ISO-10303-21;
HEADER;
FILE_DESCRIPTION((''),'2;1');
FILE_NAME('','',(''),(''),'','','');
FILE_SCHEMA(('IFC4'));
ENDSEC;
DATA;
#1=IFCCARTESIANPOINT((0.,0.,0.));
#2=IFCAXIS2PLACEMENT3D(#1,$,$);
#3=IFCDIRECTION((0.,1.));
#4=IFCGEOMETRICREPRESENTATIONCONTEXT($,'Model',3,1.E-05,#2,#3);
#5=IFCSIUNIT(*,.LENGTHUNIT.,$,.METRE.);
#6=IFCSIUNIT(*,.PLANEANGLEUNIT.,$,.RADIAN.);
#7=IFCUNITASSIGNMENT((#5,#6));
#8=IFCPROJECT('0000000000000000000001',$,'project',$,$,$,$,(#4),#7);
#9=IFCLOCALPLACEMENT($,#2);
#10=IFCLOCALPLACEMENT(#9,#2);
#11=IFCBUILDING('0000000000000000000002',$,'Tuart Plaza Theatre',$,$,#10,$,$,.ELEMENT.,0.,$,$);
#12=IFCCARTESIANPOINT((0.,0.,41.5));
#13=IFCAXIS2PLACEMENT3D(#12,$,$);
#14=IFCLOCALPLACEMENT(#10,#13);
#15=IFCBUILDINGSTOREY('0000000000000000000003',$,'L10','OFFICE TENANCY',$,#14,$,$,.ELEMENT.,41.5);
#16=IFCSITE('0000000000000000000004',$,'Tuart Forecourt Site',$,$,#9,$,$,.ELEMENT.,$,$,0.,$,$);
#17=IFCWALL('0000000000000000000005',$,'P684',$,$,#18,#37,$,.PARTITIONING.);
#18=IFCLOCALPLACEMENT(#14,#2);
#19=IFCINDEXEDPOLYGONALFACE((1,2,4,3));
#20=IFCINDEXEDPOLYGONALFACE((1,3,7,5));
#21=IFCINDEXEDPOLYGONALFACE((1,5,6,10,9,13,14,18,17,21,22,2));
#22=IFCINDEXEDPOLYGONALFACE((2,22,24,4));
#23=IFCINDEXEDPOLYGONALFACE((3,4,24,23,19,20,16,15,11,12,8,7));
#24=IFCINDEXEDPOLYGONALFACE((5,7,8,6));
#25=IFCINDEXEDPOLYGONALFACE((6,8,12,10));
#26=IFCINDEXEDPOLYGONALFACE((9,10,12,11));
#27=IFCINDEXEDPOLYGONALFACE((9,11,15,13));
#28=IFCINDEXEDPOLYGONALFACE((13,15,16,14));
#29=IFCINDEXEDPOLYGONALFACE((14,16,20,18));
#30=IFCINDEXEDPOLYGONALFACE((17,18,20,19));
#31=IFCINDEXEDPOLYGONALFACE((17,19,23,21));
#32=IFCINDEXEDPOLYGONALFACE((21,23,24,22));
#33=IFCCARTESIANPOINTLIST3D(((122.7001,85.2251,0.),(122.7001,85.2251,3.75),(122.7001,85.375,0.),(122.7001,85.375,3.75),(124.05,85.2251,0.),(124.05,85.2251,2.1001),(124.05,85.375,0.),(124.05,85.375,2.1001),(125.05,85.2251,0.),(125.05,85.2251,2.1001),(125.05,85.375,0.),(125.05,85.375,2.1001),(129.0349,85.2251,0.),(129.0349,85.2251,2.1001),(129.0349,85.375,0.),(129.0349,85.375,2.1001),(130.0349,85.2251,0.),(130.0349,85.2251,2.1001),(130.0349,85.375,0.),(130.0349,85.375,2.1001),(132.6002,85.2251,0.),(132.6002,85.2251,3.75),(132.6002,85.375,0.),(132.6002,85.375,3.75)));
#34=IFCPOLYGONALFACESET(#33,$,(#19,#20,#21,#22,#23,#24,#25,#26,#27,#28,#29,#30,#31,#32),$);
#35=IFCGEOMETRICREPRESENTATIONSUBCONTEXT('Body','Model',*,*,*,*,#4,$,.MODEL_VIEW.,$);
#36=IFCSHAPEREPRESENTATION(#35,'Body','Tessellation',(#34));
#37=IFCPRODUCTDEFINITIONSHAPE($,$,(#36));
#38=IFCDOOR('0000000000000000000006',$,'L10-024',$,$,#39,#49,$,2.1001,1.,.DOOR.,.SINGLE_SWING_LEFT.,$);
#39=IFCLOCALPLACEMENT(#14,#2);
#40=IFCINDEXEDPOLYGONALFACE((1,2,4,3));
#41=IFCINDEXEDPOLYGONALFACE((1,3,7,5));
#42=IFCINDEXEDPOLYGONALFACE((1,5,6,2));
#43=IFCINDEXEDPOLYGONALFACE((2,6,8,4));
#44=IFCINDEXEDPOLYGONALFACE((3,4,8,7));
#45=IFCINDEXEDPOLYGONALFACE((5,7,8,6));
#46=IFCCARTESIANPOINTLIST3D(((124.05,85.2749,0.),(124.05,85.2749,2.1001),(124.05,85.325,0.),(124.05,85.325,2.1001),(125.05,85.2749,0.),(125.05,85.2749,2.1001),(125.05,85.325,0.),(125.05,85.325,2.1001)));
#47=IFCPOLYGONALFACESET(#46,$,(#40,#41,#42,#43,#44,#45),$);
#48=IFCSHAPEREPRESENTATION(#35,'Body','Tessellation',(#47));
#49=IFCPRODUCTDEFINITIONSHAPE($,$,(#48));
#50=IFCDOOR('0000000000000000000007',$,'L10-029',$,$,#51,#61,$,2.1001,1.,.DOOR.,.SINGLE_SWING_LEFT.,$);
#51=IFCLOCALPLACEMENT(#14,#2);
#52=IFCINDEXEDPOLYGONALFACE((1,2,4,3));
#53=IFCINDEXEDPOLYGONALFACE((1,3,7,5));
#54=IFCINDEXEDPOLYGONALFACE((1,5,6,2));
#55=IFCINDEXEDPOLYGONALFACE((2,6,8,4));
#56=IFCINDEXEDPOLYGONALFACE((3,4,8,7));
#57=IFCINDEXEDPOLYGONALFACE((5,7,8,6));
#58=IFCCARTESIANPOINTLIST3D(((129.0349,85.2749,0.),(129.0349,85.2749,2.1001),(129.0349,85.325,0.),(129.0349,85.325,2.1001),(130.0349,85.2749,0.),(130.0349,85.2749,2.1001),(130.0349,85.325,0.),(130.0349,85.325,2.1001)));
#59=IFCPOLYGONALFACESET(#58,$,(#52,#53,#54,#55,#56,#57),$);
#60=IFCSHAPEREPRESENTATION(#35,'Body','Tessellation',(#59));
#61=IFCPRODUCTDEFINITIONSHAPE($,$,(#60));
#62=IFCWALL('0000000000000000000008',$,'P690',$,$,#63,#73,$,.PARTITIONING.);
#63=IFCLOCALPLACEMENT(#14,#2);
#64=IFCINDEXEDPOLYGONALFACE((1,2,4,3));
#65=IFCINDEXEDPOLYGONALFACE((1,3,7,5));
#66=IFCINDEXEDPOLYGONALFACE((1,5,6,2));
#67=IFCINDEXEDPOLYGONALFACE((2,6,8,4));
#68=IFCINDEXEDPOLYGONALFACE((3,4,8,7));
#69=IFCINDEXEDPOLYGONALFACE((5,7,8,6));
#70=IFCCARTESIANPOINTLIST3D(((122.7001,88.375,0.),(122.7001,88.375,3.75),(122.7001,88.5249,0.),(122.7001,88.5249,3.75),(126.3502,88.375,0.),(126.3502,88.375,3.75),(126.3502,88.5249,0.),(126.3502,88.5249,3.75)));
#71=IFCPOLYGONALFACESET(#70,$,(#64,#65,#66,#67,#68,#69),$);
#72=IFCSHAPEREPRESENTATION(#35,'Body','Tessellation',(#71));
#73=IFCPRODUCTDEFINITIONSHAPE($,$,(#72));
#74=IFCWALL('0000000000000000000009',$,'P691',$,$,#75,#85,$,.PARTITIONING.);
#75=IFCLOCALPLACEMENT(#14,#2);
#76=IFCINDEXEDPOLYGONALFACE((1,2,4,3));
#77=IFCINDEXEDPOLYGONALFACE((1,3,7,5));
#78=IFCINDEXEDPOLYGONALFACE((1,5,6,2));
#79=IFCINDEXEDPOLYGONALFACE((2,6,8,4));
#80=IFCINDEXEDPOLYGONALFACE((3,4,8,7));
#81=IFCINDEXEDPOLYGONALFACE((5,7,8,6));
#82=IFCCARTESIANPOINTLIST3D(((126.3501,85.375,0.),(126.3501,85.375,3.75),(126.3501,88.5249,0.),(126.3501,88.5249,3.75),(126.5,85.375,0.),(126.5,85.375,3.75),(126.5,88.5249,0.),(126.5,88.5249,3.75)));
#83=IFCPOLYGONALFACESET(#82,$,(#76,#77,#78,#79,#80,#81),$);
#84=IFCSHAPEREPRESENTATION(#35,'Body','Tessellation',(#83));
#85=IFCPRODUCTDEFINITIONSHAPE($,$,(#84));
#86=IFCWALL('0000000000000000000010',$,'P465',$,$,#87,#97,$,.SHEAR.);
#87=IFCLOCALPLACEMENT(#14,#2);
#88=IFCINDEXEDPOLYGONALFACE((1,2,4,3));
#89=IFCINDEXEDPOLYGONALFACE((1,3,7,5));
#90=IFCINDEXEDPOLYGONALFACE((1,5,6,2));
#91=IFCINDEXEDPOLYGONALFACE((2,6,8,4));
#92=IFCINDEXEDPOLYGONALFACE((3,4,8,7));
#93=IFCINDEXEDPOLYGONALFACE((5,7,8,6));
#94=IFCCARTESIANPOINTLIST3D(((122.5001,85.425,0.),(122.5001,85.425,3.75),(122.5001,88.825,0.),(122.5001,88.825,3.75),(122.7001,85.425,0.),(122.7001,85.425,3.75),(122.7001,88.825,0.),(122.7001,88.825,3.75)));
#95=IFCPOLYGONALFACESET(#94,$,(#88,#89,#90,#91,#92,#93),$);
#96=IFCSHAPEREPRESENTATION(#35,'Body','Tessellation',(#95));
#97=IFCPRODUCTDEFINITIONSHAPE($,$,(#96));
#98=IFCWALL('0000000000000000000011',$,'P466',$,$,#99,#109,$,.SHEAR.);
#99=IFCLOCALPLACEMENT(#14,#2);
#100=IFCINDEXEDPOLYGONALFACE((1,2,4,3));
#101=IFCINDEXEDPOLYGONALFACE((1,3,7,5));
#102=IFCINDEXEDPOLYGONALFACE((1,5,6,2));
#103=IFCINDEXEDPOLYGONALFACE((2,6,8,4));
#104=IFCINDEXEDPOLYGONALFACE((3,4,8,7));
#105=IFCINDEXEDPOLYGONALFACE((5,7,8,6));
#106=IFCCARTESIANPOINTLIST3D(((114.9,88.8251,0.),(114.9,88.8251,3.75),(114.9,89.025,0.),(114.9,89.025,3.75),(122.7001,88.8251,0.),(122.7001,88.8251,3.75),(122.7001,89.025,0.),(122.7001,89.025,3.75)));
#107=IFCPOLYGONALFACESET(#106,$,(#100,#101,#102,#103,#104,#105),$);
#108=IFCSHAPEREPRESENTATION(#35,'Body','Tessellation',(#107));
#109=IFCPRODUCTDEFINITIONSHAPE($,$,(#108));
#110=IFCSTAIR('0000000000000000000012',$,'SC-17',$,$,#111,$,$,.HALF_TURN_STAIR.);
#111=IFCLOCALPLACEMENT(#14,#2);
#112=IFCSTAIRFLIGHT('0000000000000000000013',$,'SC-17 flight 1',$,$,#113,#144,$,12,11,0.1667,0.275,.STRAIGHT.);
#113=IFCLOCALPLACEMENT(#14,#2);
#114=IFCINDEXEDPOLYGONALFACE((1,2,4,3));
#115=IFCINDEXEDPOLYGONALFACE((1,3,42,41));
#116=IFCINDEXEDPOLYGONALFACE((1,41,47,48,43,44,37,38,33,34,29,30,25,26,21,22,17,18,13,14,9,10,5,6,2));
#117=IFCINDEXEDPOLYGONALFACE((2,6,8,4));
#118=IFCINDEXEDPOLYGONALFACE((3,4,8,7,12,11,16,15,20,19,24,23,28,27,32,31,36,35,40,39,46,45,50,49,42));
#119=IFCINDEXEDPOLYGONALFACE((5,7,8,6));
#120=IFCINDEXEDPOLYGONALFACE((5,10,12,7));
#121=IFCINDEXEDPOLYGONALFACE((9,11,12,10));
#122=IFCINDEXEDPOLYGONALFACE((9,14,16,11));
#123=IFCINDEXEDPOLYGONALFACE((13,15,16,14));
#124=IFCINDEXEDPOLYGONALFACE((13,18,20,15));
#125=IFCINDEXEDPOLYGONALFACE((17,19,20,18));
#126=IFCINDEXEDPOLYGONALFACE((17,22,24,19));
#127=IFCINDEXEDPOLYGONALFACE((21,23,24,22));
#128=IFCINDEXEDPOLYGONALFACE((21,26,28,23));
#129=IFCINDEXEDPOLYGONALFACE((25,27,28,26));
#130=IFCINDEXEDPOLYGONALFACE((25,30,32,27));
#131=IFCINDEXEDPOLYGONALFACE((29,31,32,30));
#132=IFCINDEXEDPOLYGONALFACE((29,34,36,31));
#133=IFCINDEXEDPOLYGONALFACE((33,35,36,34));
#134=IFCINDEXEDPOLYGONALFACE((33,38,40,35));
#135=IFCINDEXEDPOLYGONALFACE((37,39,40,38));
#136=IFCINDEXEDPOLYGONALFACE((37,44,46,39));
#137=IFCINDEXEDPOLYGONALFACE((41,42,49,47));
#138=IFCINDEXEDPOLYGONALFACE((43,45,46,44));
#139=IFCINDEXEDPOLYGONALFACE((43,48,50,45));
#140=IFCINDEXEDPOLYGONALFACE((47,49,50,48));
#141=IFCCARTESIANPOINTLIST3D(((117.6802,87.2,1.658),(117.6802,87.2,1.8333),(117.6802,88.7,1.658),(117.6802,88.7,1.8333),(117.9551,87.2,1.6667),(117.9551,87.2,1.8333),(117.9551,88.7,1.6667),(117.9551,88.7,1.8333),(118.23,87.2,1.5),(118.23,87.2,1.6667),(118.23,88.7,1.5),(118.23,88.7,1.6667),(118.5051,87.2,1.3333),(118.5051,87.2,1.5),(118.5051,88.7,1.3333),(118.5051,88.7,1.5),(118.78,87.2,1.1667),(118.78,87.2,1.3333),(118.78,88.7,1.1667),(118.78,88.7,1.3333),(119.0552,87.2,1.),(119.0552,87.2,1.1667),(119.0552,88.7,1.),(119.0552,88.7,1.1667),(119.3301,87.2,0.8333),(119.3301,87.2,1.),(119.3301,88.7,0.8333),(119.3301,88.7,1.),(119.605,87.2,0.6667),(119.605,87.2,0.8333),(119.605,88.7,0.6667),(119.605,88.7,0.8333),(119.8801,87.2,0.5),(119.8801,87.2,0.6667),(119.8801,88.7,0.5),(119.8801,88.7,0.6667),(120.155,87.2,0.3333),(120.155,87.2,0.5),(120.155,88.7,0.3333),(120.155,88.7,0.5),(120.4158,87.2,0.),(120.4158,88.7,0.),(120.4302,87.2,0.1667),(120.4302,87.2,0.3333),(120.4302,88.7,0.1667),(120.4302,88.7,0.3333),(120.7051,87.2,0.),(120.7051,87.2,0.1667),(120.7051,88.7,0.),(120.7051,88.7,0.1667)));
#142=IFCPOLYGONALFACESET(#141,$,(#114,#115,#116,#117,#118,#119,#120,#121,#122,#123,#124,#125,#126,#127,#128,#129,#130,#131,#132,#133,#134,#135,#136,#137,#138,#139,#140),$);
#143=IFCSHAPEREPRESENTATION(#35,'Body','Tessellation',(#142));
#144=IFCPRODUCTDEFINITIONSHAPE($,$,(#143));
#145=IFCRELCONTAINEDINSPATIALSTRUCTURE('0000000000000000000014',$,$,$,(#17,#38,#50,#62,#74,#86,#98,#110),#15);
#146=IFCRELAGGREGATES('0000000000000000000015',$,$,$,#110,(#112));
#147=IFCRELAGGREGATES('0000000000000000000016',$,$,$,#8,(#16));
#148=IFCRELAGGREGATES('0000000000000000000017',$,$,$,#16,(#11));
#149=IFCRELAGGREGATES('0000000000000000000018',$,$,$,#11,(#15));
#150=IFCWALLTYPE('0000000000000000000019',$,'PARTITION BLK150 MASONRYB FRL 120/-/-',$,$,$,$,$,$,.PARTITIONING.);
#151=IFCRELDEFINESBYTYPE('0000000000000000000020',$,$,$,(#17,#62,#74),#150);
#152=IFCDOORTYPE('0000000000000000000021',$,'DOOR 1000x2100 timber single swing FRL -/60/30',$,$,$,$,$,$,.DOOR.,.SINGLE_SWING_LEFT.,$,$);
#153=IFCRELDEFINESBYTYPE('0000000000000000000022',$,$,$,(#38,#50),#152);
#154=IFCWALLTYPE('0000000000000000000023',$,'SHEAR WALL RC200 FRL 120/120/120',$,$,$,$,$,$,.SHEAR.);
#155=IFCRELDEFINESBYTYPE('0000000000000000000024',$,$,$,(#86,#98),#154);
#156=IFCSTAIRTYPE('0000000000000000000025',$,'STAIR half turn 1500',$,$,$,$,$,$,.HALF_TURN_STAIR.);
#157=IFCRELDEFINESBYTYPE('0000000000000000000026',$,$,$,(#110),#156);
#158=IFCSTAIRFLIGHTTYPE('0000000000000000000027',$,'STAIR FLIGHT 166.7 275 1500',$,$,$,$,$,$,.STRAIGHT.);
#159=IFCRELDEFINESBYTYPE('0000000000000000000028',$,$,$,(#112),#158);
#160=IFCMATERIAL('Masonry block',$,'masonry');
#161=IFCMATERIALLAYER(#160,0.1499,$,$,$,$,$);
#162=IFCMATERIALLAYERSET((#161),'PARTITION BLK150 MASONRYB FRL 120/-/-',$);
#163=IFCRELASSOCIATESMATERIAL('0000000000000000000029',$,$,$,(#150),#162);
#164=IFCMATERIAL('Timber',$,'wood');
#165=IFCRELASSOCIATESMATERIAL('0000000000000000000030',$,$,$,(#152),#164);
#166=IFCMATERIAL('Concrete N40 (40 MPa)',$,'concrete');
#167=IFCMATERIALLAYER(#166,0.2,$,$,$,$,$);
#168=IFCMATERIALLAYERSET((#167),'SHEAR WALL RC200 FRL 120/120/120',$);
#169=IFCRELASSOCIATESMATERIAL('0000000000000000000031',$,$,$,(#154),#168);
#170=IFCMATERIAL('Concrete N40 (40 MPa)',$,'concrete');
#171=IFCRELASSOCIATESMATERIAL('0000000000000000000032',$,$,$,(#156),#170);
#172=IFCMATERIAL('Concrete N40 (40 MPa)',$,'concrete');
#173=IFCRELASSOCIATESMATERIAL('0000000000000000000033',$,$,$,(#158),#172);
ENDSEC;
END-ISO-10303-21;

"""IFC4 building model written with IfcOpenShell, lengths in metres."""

from ifc_helpers import new_model, si_unit, direction, frame, frame_2d, origin, place, context, subcontext, project, spatial, polyline, rectangle, outline, extrude, material, layer, layer_set, type_object, element, fill, aggregate, save


model = new_model("IFC4")

# Units and contexts
model_context = context("Model", 3, precision=1e-05, world=origin(), true_north=direction((0.0, 1.0)))
body_context = subcontext(model_context, "Body", "Model", "MODEL_VIEW")
ifc_project = project(units=[si_unit("LENGTHUNIT", "METRE"), si_unit("PLANEANGLEUNIT", "RADIAN")], contexts=[model_context])

# Site, building, storey
site_placement = place(None, origin())
site = spatial("IfcSite", under=ifc_project, at=site_placement, Name="Tuart Forecourt Site", CompositionType="ELEMENT", RefElevation=0.0)
building_placement = place(site_placement, origin())
building = spatial("IfcBuilding", under=site, at=building_placement, Name="Tuart Plaza Theatre", CompositionType="ELEMENT", ElevationOfRefHeight=0.0)
storey_placement = place(building_placement, frame((0.0, 0.0, 41.5)))
storey = spatial("IfcBuildingStorey", under=building, at=storey_placement, Name="L10", Description="OFFICE TENANCY", CompositionType="ELEMENT", Elevation=41.5)

# Wall, openings, doors
ifc_material_1 = material(Name="Masonry block", Category="masonry")
ifc_layer_1 = layer(ifc_material_1, 0.1499)
ifc_layer_set_1 = layer_set([ifc_layer_1], Name="PARTITION BLK150 MASONRYB FRL 120/-/-")
wall_type_1 = type_object("IfcWallType", Name="PARTITION BLK150 MASONRYB FRL 120/-/-", PredefinedType="PARTITIONING", material=ifc_layer_set_1)
wall_1_placement = place(storey_placement, frame((122.7, 85.3, 0.0), z_axis=(0.0, 0.0, 1.0), x_axis=(1.0, 0.0, 0.0)))
wall_1 = element("IfcWall", 1, at=wall_1_placement, inside=storey, type_object=wall_type_1, Name="P684", PredefinedType="PARTITIONING", context=body_context, shape_type="SweptSolid", body=[
    extrude(rectangle(XDim=9.9001, YDim=0.1499, at=frame_2d((4.9502, 0.0))), origin(), (0.0, 0.0, 1.0), 3.75),
])
opening_1_placement = place(wall_1_placement, frame((1.3501, 0.0, 0.0)))
opening_1 = element("IfcOpeningElement", 2, at=opening_1_placement, cuts=wall_1, PredefinedType="OPENING", context=body_context, shape_type="SweptSolid", body=[
    extrude(rectangle(XDim=1.0, YDim=2.1001, at=frame_2d((0.5, 1.05))), frame((0.0, 0.085, 0.0), z_axis=(0.0, -1.0, 0.0), x_axis=(1.0, 0.0, 0.0)), (0.0, 0.0, 1.0), 0.1699),
])
opening_2_placement = place(wall_1_placement, frame((6.335, 0.0, 0.0)))
opening_2 = element("IfcOpeningElement", 3, at=opening_2_placement, cuts=wall_1, PredefinedType="OPENING", context=body_context, shape_type="SweptSolid", body=[
    extrude(rectangle(XDim=1.0, YDim=2.1001, at=frame_2d((0.5, 1.05))), frame((0.0, 0.085, 0.0), z_axis=(0.0, -1.0, 0.0), x_axis=(1.0, 0.0, 0.0)), (0.0, 0.0, 1.0), 0.1699),
])
ifc_material_2 = material(Name="Timber", Category="wood")
door_type = type_object("IfcDoorType", Name="DOOR 1000x2100 timber single swing FRL -/60/30", OperationType="SINGLE_SWING_LEFT", PredefinedType="DOOR", material=ifc_material_2)
door_1_placement = place(opening_1_placement, origin())
door_1 = element("IfcDoor", 4, at=door_1_placement, inside=storey, type_object=door_type, Name="L10-024", OperationType="SINGLE_SWING_LEFT", OverallHeight=2.1001, OverallWidth=1.0, PredefinedType="DOOR", context=body_context, shape_type="SweptSolid", body=[
    extrude(rectangle(XDim=1.0, YDim=2.1001, at=frame_2d((0.5, 1.05))), frame((0.0, 0.0249, 0.0), z_axis=(0.0, -1.0, 0.0), x_axis=(1.0, 0.0, 0.0)), (0.0, 0.0, 1.0), 0.05),
])
fill(opening_1, door_1)
door_2_placement = place(opening_2_placement, origin())
door_2 = element("IfcDoor", 5, at=door_2_placement, inside=storey, type_object=door_type, Name="L10-029", OperationType="SINGLE_SWING_LEFT", OverallHeight=2.1001, OverallWidth=1.0, PredefinedType="DOOR", context=body_context, shape_type="SweptSolid", body=[
    extrude(rectangle(XDim=1.0, YDim=2.1001, at=frame_2d((0.5, 1.05))), frame((0.0, 0.0249, 0.0), z_axis=(0.0, -1.0, 0.0), x_axis=(1.0, 0.0, 0.0)), (0.0, 0.0, 1.0), 0.05),
])
fill(opening_2, door_2)

# Walls
wall_2_placement = place(storey_placement, frame((122.7, 88.45, 0.0), z_axis=(0.0, 0.0, 1.0), x_axis=(1.0, 0.0, 0.0)))
element("IfcWall", 6, at=wall_2_placement, inside=storey, type_object=wall_type_1, Name="P690", PredefinedType="PARTITIONING", context=body_context, shape_type="SweptSolid", body=[
    extrude(rectangle(XDim=3.6501, YDim=0.1499, at=frame_2d((1.8252, 0.0))), origin(), (0.0, 0.0, 1.0), 3.75),
])
wall_3_placement = place(storey_placement, frame((126.425, 85.375, 0.0), z_axis=(0.0, 0.0, 1.0), x_axis=(0.0, 1.0, 0.0)))
element("IfcWall", 7, at=wall_3_placement, inside=storey, type_object=wall_type_1, Name="P691", PredefinedType="PARTITIONING", context=body_context, shape_type="SweptSolid", body=[
    extrude(rectangle(XDim=3.1499, YDim=0.1499, at=frame_2d((1.575, 0.0))), origin(), (0.0, 0.0, 1.0), 3.75),
])
ifc_material_3 = material(Name="Concrete N40 (40 MPa)", Category="concrete")
ifc_layer_2 = layer(ifc_material_3, 0.2)
ifc_layer_set_2 = layer_set([ifc_layer_2], Name="SHEAR WALL RC200 FRL 120/120/120")
wall_type_2 = type_object("IfcWallType", Name="SHEAR WALL RC200 FRL 120/120/120", PredefinedType="SHEAR", material=ifc_layer_set_2)
wall_4_placement = place(storey_placement, frame((122.6001, 85.425, 0.0), z_axis=(0.0, 0.0, 1.0), x_axis=(0.0, 1.0, 0.0)))
element("IfcWall", 8, at=wall_4_placement, inside=storey, type_object=wall_type_2, Name="P465", PredefinedType="SHEAR", context=body_context, shape_type="SweptSolid", body=[
    extrude(rectangle(XDim=3.3999, YDim=0.2, at=frame_2d((1.7, 0.0))), origin(), (0.0, 0.0, 1.0), 3.75),
])
wall_5_placement = place(storey_placement, frame((122.7, 88.925, 0.0), z_axis=(0.0, 0.0, 1.0), x_axis=(-1.0, 0.0, 0.0)))
element("IfcWall", 9, at=wall_5_placement, inside=storey, type_object=wall_type_2, Name="P466", PredefinedType="SHEAR", context=body_context, shape_type="SweptSolid", body=[
    extrude(rectangle(XDim=7.8, YDim=0.2, at=frame_2d((3.8999, 0.0))), origin(), (0.0, 0.0, 1.0), 3.75),
])

# Stair, stair flight
ifc_material_4 = material(Name="Concrete N40 (40 MPa)", Category="concrete")
stair_type = type_object("IfcStairType", Name="STAIR half turn 1500", PredefinedType="HALF_TURN_STAIR", material=ifc_material_4)
stair_placement = place(storey_placement, origin())
stair = element("IfcStair", 10, at=stair_placement, inside=storey, type_object=stair_type, Name="SC-17", PredefinedType="HALF_TURN_STAIR")
ifc_material_5 = material(Name="Concrete N40 (40 MPa)", Category="concrete")
stair_flight_type = type_object("IfcStairFlightType", Name="STAIR FLIGHT 166.7 275 1500", PredefinedType="STRAIGHT", material=ifc_material_5)
stair_flight_placement = place(storey_placement, frame((120.7051, 87.95, 0.0), z_axis=(0.0, 0.0, 1.0), x_axis=(-1.0, 0.0, 0.0)))
stair_flight = element("IfcStairFlight", 11, at=stair_flight_placement, type_object=stair_flight_type, Name="SC-17 flight 1", NumberOfRisers=12, NumberOfTreads=11, PredefinedType="STRAIGHT", RiserHeight=0.1667, TreadLength=0.275, context=body_context, shape_type="SweptSolid", body=[
    extrude(outline(polyline([(0.0, 0.0), (0.0, 0.1667), (0.2749, 0.1667), (0.2749, 0.3333), (0.55, 0.3333), (0.55, 0.5), (0.825, 0.5), (0.825, 0.6667), (1.1001, 0.6667), (1.1001, 0.8333), (1.375, 0.8333), (1.375, 1.0), (1.6499, 1.0), (1.6499, 1.1667), (1.925, 1.1667), (1.925, 1.3333), (2.2, 1.3333), (2.2, 1.5), (2.4751, 1.5), (2.4751, 1.6667), (2.75, 1.6667), (2.75, 1.8333), (3.0249, 1.8333), (3.0249, 2.0), (3.0249, 1.658), (0.2893, 0.0), (0.0, 0.0)])), frame((0.0, 0.75, 0.0), z_axis=(0.0, -1.0, 0.0), x_axis=(1.0, 0.0, 0.0)), (0.0, 0.0, 1.0), 1.5),
])
aggregate(stair, [stair_flight])

save(model, "model.ifc")
